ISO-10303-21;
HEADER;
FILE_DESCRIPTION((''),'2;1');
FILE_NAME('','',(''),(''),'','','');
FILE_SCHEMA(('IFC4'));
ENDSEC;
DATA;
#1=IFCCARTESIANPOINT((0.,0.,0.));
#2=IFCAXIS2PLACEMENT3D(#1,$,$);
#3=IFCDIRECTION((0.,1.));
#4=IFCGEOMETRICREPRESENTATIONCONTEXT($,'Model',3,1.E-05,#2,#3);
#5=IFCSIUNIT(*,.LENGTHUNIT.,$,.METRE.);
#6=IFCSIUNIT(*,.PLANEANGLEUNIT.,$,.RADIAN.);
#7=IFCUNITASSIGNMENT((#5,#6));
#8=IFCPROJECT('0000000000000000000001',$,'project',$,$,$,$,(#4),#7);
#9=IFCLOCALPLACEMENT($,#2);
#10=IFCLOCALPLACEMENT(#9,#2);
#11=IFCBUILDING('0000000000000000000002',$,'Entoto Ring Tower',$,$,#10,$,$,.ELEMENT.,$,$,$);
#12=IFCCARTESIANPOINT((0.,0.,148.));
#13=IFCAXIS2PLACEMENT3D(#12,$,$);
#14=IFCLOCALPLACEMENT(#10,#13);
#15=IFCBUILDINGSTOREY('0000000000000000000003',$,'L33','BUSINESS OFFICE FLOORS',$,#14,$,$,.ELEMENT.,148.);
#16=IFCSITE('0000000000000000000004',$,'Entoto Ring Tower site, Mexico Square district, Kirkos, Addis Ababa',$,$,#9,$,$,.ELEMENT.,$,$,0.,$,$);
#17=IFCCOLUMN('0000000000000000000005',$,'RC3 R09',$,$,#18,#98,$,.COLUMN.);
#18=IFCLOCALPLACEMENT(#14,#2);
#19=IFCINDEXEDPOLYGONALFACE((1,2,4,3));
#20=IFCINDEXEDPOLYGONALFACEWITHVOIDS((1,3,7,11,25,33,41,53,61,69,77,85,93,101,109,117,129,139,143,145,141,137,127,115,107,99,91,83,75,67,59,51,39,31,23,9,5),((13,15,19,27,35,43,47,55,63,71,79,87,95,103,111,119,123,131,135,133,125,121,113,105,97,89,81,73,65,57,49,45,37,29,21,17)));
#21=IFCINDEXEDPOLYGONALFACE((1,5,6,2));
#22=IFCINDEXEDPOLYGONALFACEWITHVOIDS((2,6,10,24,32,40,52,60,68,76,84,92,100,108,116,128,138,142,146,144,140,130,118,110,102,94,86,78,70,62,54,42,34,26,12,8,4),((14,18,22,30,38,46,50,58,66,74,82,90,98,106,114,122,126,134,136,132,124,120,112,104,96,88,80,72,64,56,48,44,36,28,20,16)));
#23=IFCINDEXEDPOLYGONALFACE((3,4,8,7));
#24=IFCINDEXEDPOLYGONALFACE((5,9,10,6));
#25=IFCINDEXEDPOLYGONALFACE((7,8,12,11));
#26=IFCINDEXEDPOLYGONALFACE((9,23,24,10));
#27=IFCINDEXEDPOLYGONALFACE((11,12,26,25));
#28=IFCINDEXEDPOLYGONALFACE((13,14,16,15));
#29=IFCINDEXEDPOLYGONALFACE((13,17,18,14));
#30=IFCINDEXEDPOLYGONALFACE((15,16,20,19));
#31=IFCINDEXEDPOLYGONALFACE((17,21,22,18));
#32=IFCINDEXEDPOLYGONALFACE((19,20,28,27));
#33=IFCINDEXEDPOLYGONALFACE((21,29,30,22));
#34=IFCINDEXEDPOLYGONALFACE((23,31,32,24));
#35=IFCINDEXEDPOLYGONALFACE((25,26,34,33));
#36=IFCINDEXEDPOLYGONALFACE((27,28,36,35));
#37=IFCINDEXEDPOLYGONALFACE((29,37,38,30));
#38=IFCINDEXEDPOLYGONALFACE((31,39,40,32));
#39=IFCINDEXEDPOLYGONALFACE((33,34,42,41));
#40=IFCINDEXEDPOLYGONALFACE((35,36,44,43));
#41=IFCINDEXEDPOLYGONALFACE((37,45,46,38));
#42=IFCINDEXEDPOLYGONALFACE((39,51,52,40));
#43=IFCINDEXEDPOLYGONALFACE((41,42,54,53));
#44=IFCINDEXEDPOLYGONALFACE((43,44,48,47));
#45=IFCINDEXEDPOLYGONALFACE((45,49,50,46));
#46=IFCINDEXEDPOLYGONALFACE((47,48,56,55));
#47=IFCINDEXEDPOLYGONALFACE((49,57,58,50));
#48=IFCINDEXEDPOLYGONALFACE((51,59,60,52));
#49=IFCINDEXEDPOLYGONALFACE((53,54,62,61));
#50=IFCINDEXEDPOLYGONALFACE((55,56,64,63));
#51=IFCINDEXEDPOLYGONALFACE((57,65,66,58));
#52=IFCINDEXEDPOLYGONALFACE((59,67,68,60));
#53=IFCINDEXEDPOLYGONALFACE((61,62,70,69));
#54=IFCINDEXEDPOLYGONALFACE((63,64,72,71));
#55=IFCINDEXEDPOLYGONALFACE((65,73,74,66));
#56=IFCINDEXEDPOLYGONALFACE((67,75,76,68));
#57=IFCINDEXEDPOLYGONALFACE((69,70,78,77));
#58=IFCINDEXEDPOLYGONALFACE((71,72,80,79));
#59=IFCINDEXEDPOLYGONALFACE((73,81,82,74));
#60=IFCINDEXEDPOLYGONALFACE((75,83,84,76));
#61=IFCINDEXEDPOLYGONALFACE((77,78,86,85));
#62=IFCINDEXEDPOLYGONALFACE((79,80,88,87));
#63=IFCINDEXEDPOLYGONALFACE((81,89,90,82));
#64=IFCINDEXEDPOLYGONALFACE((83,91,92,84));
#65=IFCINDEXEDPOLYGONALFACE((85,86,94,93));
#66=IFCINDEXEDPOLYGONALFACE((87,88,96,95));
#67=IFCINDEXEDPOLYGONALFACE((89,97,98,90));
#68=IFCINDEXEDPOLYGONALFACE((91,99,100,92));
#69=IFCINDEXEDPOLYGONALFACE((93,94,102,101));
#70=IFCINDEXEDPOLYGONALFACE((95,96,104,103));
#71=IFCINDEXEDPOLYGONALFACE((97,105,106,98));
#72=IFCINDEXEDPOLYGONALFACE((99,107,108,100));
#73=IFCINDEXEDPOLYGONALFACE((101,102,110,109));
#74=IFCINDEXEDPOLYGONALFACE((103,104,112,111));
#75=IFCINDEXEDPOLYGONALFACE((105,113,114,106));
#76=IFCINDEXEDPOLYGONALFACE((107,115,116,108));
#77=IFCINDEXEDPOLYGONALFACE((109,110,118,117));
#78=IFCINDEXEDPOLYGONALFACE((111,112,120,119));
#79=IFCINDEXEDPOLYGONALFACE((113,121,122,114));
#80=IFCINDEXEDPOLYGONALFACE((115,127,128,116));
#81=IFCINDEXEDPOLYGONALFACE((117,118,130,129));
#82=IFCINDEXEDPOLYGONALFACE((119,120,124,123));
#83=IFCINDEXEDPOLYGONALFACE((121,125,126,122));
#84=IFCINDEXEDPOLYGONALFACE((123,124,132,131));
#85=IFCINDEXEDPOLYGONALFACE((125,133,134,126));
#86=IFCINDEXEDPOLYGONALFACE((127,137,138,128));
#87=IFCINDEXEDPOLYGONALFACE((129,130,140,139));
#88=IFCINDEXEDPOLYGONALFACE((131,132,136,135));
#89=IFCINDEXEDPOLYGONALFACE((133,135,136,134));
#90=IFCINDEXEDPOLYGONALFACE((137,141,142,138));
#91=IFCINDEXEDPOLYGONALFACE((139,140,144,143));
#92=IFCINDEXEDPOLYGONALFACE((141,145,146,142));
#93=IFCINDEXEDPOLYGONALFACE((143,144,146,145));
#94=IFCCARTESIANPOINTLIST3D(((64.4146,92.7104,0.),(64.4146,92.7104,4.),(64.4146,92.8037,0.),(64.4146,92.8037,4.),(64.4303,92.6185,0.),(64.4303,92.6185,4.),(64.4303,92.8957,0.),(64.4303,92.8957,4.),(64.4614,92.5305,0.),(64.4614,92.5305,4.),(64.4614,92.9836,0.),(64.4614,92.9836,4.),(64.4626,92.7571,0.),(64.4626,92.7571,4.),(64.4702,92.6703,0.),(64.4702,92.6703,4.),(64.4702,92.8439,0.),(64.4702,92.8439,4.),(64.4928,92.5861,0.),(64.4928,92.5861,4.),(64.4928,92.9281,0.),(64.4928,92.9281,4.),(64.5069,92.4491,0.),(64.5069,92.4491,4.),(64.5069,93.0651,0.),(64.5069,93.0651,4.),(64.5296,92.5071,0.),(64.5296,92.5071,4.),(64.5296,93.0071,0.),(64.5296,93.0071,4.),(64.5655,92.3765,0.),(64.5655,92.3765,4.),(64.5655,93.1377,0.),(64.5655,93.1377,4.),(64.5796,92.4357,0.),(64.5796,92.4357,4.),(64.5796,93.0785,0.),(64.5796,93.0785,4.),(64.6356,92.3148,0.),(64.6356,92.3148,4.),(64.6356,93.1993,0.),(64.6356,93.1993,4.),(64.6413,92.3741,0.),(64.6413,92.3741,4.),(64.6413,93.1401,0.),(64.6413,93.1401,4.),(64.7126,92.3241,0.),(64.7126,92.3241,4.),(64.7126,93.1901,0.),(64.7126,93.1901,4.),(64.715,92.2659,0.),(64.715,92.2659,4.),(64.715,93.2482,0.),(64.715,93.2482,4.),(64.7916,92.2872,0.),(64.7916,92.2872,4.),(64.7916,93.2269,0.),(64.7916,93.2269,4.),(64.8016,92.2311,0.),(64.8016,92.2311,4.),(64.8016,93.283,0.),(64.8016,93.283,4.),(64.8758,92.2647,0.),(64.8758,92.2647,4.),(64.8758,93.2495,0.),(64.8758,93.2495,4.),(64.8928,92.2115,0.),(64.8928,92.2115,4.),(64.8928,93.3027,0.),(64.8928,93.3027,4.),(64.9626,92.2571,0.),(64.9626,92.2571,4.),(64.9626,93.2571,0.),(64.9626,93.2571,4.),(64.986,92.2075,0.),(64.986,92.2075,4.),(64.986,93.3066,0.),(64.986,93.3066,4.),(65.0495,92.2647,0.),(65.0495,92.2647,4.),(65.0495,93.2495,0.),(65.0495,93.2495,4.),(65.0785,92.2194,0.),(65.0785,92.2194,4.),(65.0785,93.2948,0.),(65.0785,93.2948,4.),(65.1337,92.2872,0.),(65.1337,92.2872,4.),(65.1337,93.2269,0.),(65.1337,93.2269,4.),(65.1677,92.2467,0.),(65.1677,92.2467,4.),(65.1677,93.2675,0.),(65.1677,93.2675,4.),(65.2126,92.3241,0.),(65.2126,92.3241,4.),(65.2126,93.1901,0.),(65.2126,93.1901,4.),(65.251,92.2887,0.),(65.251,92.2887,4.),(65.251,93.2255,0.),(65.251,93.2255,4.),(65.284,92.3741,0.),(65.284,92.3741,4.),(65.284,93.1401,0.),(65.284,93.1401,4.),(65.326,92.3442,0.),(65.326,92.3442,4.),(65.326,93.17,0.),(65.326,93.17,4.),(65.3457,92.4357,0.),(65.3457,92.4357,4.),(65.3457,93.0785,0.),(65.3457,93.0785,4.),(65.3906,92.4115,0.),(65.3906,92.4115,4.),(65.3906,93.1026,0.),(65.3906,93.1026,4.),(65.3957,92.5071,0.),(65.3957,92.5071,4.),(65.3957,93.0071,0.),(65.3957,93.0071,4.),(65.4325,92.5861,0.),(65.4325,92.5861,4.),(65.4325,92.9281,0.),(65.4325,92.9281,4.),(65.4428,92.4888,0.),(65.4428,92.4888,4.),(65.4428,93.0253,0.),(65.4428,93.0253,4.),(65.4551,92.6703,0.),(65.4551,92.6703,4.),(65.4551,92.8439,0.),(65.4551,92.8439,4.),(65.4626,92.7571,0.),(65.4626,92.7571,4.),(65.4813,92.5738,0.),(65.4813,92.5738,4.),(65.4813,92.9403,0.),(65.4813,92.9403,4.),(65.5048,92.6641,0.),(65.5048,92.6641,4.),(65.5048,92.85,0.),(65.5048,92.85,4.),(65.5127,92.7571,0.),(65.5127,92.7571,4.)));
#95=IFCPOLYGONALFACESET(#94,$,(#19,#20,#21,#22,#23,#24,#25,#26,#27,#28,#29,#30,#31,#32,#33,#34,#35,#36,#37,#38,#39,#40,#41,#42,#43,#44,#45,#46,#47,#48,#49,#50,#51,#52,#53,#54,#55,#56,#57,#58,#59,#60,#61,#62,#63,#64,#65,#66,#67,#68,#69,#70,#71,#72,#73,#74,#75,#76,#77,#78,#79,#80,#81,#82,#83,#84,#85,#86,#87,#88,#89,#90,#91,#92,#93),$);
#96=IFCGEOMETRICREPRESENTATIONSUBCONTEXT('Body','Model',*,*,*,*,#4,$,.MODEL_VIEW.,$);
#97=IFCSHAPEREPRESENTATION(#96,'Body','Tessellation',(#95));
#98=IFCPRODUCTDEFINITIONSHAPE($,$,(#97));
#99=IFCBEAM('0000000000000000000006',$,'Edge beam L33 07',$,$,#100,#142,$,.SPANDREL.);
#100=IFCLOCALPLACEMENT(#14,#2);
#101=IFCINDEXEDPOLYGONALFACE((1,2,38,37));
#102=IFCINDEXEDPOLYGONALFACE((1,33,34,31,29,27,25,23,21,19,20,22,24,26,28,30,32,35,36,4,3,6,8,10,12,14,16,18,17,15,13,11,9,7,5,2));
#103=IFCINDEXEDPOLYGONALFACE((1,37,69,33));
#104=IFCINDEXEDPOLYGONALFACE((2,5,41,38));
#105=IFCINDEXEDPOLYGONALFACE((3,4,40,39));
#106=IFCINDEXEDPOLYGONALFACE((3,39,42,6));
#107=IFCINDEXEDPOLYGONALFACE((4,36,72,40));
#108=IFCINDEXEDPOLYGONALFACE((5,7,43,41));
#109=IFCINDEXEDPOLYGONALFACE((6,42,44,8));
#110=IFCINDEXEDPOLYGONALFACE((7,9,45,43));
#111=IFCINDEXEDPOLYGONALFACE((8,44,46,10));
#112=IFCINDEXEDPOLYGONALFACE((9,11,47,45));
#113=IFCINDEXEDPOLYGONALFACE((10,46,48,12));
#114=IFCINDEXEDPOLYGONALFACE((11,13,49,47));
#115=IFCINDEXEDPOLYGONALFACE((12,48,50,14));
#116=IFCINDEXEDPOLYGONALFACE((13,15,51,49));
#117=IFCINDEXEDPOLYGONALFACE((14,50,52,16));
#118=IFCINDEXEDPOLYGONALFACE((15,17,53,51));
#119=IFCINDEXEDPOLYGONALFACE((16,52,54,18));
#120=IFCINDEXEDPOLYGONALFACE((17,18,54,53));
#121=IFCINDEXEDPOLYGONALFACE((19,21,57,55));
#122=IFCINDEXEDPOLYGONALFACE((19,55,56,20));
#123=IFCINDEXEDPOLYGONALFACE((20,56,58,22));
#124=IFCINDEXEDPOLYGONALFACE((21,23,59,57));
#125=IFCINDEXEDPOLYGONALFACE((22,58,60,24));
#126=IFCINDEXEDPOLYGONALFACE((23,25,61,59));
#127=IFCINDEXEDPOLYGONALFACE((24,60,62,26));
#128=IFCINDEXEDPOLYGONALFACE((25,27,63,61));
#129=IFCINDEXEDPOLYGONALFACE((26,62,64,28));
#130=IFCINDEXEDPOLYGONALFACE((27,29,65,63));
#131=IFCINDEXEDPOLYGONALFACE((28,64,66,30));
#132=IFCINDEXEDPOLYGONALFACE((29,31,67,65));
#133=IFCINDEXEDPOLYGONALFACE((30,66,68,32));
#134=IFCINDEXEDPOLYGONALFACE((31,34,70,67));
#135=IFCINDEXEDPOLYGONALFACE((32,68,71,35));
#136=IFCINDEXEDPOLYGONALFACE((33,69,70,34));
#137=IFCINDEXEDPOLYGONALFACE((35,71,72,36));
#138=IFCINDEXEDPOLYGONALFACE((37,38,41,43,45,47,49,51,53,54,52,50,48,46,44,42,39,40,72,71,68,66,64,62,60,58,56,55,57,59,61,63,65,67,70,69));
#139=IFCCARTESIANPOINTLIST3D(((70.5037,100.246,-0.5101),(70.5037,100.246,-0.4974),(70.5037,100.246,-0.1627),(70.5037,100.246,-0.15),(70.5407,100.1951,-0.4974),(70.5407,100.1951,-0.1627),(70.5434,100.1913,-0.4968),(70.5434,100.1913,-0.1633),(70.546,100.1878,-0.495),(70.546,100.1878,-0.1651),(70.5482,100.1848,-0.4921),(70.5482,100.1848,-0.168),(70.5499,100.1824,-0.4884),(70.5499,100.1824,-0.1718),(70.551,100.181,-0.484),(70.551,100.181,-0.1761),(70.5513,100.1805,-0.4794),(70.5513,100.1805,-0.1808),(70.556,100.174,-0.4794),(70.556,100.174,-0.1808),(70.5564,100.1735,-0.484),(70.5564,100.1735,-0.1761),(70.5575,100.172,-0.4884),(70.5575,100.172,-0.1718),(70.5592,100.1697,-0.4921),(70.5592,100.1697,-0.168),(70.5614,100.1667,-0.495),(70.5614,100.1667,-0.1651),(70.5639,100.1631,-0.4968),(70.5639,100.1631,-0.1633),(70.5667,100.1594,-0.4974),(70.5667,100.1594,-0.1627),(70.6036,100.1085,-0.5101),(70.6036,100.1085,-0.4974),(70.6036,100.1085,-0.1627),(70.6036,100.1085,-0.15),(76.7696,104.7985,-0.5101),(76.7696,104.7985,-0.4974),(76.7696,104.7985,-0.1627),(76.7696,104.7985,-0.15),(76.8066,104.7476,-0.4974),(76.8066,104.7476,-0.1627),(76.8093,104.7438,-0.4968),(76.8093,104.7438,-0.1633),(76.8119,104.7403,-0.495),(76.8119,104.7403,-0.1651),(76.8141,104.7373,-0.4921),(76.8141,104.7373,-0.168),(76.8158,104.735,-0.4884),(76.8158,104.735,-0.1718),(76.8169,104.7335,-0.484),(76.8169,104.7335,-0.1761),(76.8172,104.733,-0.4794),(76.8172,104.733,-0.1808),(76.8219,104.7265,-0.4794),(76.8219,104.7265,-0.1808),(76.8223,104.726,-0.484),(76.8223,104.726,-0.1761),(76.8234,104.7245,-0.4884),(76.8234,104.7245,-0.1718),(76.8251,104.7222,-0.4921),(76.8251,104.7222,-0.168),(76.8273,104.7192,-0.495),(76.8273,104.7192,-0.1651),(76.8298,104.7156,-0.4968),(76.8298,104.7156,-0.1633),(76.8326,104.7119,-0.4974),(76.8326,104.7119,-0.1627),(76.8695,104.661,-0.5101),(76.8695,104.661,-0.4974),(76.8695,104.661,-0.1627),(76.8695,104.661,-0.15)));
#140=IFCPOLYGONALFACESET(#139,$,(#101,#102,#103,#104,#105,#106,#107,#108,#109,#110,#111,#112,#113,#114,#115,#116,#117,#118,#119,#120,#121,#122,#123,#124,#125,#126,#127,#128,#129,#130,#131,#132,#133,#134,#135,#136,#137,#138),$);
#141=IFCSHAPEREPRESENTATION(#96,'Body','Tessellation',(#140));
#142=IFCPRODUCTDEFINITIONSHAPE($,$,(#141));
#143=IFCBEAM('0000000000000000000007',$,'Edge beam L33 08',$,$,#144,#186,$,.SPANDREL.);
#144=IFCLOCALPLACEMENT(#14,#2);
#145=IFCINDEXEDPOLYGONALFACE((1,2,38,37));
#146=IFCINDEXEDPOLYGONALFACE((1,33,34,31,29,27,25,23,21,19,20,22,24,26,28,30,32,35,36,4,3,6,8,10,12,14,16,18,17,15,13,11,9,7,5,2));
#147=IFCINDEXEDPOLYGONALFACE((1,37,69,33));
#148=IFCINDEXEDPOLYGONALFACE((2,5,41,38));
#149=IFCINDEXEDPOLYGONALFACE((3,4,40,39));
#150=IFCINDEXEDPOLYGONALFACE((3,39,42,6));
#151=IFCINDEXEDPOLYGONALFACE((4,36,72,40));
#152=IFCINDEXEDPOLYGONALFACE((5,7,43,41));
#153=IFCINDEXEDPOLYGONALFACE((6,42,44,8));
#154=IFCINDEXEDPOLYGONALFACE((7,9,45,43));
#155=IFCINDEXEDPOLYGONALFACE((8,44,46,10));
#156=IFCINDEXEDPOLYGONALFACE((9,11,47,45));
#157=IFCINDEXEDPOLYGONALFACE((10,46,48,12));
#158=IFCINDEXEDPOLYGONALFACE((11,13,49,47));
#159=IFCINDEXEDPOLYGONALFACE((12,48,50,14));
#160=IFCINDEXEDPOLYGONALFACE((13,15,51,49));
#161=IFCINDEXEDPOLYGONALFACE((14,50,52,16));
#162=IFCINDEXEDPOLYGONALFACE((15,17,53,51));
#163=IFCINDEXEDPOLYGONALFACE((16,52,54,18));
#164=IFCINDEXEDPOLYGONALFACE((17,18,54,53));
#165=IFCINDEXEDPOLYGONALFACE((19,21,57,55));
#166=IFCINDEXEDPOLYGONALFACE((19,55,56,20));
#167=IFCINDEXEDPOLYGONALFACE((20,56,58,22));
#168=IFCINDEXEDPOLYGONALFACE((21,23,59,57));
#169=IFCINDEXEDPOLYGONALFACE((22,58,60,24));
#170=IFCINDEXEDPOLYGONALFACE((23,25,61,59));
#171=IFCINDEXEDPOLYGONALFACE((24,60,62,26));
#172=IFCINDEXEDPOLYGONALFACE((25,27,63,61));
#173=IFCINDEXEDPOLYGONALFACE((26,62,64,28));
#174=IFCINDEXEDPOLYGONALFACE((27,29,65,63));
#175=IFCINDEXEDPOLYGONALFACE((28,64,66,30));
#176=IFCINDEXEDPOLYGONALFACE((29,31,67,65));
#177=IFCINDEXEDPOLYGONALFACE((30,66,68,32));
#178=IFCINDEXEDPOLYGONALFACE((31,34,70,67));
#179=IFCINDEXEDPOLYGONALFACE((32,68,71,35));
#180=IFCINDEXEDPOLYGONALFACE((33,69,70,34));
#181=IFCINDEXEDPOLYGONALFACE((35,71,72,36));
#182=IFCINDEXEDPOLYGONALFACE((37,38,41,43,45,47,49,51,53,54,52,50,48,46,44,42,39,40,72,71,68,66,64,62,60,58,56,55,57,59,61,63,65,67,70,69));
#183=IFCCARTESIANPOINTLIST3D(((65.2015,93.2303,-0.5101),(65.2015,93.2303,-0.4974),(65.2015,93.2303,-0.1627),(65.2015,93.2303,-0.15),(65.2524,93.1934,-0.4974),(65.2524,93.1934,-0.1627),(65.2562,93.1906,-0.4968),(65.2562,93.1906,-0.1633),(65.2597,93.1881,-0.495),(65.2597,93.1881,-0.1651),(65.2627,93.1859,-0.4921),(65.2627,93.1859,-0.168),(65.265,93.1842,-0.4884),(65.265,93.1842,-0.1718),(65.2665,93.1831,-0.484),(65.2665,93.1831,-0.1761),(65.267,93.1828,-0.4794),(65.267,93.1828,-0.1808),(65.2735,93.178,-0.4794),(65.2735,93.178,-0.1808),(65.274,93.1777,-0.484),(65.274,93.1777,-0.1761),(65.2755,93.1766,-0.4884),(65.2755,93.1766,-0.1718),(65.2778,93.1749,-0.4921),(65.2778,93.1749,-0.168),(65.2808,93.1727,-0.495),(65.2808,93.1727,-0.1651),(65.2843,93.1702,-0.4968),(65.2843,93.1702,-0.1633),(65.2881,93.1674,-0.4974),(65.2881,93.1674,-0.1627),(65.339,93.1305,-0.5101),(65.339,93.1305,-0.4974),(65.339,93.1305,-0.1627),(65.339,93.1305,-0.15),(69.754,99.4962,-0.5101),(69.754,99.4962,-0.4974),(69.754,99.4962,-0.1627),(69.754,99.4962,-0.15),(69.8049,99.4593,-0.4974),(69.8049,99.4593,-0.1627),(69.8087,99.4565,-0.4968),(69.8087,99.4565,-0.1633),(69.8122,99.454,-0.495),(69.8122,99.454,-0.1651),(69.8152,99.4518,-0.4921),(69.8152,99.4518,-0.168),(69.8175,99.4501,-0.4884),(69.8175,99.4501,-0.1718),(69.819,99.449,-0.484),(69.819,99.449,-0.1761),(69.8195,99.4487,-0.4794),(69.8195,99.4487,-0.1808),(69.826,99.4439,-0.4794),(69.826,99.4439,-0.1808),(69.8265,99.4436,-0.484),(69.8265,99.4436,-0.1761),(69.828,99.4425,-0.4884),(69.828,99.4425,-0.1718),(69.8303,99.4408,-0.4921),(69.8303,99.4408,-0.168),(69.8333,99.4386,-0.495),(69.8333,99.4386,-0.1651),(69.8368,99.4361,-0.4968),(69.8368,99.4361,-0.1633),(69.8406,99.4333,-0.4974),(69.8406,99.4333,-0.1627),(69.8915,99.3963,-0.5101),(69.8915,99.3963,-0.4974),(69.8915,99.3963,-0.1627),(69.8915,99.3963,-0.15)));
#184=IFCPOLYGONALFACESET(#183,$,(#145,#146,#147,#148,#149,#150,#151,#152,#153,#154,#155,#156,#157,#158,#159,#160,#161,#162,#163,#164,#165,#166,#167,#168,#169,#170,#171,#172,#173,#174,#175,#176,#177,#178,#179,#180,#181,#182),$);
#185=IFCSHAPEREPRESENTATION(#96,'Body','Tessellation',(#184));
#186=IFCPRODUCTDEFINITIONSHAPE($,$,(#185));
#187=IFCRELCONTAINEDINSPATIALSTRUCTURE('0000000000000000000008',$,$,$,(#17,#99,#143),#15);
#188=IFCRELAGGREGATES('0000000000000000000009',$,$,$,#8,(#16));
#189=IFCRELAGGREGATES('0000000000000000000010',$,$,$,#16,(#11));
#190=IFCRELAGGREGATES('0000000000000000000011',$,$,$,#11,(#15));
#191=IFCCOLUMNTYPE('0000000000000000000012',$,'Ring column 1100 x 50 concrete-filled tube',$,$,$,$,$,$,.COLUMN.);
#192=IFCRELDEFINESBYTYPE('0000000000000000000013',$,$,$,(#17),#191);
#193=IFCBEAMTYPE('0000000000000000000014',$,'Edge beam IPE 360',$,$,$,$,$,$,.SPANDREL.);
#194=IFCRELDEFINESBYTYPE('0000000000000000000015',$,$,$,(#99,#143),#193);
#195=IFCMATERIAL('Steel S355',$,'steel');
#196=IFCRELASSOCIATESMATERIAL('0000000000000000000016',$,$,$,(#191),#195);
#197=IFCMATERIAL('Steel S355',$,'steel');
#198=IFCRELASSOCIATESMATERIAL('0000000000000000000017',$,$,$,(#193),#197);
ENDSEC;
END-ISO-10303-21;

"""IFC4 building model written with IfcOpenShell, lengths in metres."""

from ifc_helpers import new_model, si_unit, direction, frame, origin, origin_2d, place, context, subcontext, project, spatial, circle, hollow_circle, i_section, extrude, material, material_profile, profile_set, type_object, element, save


model = new_model("IFC4")

# Units and contexts
model_context = context("Model", 3, precision=1e-05, world=origin(), true_north=direction((0.0, 1.0)))
body_context = subcontext(model_context, "Body", "Model", "MODEL_VIEW")
ifc_project = project(units=[si_unit("LENGTHUNIT", "METRE"), si_unit("PLANEANGLEUNIT", "RADIAN")], contexts=[model_context])

# Site, building, storey
site_placement = place(None, origin())
site = spatial("IfcSite", under=ifc_project, at=site_placement, Name="Entoto Ring Tower site, Mexico Square district, Kirkos, Addis Ababa", CompositionType="ELEMENT", RefElevation=0.0)
building_placement = place(site_placement, origin())
building = spatial("IfcBuilding", under=site, at=building_placement, Name="Entoto Ring Tower", CompositionType="ELEMENT")
storey_placement = place(building_placement, frame((0.0, 0.0, 148.0)))
storey = spatial("IfcBuildingStorey", under=building, at=storey_placement, Name="L33", Description="BUSINESS OFFICE FLOORS", CompositionType="ELEMENT", Elevation=148.0)

# Column
ifc_material_1 = material(Name="Steel S355", Category="steel")
ifc_material_profile_1 = material_profile(ifc_material_1, hollow_circle(Radius=0.55, WallThickness=0.05, at=origin_2d()), Name="CHS 1100 x 50")
ifc_material_2 = material(Name="Concrete C60/75", Category="concrete")
ifc_material_profile_2 = material_profile(ifc_material_2, circle(Radius=0.5, at=origin_2d()), Name="Concrete C60/75 infill")
ifc_profile_set_1 = profile_set([ifc_material_profile_1, ifc_material_profile_2], Name="Steel S355")
column_type = type_object("IfcColumnType", Name="Ring column 1100 x 50 concrete-filled tube", PredefinedType="COLUMN", material=ifc_profile_set_1)
for number, where, z_axis, x_axis, name in (
    (1, (64.9626, 92.7571, 0.0), (0.0, 0.0, 1.0), (1.0, 0.0, 0.0), "RC3 R09"),
):
    element("IfcColumn", number, at=place(storey_placement, frame(where, z_axis=z_axis, x_axis=x_axis)), inside=storey, type_object=column_type, Name=name, PredefinedType="COLUMN", context=body_context, shape_type="SweptSolid", body=[
        extrude(hollow_circle(Radius=0.55, WallThickness=0.05, at=origin_2d()), origin(), (0.0, 0.0, 1.0), 4.0),
    ])

# Beams
ifc_material_3 = material(Name="Steel S355", Category="steel")
ifc_material_profile_3 = material_profile(ifc_material_3, i_section(OverallWidth=0.1699, OverallDepth=0.3601, WebThickness=0.0081, FlangeThickness=0.0127, FilletRadius=0.0181, at=origin_2d()), Name="IPE 360")
ifc_profile_set_2 = profile_set([ifc_material_profile_3], Name="Steel S355")
beam_type_1 = type_object("IfcBeamType", Name="Edge beam IPE 360", PredefinedType="SPANDREL", material=ifc_profile_set_2)
for number, where, z_axis, x_axis, name in (
    (2, (76.8196, 104.7297, -0.3301), (-0.809013, -0.587791, 0.0), (0.587791, -0.809013, 0.0), "Edge beam L33 07"),
    (3, (69.8228, 99.4463, -0.3301), (-0.587791, -0.809013, 0.0), (0.809013, -0.587791, 0.0), "Edge beam L33 08"),
):
    element("IfcBeam", number, at=place(storey_placement, frame(where, z_axis=z_axis, x_axis=x_axis)), inside=storey, type_object=beam_type_1, Name=name, PredefinedType="SPANDREL", context=body_context, shape_type="SweptSolid", body=[
        extrude(i_section(OverallWidth=0.1699, OverallDepth=0.3601, WebThickness=0.0081, FlangeThickness=0.0127, FilletRadius=0.0181, at=origin_2d()), origin(), (0.0, 0.0, 1.0), 7.7451),
    ])

save(model, "model.ifc")
